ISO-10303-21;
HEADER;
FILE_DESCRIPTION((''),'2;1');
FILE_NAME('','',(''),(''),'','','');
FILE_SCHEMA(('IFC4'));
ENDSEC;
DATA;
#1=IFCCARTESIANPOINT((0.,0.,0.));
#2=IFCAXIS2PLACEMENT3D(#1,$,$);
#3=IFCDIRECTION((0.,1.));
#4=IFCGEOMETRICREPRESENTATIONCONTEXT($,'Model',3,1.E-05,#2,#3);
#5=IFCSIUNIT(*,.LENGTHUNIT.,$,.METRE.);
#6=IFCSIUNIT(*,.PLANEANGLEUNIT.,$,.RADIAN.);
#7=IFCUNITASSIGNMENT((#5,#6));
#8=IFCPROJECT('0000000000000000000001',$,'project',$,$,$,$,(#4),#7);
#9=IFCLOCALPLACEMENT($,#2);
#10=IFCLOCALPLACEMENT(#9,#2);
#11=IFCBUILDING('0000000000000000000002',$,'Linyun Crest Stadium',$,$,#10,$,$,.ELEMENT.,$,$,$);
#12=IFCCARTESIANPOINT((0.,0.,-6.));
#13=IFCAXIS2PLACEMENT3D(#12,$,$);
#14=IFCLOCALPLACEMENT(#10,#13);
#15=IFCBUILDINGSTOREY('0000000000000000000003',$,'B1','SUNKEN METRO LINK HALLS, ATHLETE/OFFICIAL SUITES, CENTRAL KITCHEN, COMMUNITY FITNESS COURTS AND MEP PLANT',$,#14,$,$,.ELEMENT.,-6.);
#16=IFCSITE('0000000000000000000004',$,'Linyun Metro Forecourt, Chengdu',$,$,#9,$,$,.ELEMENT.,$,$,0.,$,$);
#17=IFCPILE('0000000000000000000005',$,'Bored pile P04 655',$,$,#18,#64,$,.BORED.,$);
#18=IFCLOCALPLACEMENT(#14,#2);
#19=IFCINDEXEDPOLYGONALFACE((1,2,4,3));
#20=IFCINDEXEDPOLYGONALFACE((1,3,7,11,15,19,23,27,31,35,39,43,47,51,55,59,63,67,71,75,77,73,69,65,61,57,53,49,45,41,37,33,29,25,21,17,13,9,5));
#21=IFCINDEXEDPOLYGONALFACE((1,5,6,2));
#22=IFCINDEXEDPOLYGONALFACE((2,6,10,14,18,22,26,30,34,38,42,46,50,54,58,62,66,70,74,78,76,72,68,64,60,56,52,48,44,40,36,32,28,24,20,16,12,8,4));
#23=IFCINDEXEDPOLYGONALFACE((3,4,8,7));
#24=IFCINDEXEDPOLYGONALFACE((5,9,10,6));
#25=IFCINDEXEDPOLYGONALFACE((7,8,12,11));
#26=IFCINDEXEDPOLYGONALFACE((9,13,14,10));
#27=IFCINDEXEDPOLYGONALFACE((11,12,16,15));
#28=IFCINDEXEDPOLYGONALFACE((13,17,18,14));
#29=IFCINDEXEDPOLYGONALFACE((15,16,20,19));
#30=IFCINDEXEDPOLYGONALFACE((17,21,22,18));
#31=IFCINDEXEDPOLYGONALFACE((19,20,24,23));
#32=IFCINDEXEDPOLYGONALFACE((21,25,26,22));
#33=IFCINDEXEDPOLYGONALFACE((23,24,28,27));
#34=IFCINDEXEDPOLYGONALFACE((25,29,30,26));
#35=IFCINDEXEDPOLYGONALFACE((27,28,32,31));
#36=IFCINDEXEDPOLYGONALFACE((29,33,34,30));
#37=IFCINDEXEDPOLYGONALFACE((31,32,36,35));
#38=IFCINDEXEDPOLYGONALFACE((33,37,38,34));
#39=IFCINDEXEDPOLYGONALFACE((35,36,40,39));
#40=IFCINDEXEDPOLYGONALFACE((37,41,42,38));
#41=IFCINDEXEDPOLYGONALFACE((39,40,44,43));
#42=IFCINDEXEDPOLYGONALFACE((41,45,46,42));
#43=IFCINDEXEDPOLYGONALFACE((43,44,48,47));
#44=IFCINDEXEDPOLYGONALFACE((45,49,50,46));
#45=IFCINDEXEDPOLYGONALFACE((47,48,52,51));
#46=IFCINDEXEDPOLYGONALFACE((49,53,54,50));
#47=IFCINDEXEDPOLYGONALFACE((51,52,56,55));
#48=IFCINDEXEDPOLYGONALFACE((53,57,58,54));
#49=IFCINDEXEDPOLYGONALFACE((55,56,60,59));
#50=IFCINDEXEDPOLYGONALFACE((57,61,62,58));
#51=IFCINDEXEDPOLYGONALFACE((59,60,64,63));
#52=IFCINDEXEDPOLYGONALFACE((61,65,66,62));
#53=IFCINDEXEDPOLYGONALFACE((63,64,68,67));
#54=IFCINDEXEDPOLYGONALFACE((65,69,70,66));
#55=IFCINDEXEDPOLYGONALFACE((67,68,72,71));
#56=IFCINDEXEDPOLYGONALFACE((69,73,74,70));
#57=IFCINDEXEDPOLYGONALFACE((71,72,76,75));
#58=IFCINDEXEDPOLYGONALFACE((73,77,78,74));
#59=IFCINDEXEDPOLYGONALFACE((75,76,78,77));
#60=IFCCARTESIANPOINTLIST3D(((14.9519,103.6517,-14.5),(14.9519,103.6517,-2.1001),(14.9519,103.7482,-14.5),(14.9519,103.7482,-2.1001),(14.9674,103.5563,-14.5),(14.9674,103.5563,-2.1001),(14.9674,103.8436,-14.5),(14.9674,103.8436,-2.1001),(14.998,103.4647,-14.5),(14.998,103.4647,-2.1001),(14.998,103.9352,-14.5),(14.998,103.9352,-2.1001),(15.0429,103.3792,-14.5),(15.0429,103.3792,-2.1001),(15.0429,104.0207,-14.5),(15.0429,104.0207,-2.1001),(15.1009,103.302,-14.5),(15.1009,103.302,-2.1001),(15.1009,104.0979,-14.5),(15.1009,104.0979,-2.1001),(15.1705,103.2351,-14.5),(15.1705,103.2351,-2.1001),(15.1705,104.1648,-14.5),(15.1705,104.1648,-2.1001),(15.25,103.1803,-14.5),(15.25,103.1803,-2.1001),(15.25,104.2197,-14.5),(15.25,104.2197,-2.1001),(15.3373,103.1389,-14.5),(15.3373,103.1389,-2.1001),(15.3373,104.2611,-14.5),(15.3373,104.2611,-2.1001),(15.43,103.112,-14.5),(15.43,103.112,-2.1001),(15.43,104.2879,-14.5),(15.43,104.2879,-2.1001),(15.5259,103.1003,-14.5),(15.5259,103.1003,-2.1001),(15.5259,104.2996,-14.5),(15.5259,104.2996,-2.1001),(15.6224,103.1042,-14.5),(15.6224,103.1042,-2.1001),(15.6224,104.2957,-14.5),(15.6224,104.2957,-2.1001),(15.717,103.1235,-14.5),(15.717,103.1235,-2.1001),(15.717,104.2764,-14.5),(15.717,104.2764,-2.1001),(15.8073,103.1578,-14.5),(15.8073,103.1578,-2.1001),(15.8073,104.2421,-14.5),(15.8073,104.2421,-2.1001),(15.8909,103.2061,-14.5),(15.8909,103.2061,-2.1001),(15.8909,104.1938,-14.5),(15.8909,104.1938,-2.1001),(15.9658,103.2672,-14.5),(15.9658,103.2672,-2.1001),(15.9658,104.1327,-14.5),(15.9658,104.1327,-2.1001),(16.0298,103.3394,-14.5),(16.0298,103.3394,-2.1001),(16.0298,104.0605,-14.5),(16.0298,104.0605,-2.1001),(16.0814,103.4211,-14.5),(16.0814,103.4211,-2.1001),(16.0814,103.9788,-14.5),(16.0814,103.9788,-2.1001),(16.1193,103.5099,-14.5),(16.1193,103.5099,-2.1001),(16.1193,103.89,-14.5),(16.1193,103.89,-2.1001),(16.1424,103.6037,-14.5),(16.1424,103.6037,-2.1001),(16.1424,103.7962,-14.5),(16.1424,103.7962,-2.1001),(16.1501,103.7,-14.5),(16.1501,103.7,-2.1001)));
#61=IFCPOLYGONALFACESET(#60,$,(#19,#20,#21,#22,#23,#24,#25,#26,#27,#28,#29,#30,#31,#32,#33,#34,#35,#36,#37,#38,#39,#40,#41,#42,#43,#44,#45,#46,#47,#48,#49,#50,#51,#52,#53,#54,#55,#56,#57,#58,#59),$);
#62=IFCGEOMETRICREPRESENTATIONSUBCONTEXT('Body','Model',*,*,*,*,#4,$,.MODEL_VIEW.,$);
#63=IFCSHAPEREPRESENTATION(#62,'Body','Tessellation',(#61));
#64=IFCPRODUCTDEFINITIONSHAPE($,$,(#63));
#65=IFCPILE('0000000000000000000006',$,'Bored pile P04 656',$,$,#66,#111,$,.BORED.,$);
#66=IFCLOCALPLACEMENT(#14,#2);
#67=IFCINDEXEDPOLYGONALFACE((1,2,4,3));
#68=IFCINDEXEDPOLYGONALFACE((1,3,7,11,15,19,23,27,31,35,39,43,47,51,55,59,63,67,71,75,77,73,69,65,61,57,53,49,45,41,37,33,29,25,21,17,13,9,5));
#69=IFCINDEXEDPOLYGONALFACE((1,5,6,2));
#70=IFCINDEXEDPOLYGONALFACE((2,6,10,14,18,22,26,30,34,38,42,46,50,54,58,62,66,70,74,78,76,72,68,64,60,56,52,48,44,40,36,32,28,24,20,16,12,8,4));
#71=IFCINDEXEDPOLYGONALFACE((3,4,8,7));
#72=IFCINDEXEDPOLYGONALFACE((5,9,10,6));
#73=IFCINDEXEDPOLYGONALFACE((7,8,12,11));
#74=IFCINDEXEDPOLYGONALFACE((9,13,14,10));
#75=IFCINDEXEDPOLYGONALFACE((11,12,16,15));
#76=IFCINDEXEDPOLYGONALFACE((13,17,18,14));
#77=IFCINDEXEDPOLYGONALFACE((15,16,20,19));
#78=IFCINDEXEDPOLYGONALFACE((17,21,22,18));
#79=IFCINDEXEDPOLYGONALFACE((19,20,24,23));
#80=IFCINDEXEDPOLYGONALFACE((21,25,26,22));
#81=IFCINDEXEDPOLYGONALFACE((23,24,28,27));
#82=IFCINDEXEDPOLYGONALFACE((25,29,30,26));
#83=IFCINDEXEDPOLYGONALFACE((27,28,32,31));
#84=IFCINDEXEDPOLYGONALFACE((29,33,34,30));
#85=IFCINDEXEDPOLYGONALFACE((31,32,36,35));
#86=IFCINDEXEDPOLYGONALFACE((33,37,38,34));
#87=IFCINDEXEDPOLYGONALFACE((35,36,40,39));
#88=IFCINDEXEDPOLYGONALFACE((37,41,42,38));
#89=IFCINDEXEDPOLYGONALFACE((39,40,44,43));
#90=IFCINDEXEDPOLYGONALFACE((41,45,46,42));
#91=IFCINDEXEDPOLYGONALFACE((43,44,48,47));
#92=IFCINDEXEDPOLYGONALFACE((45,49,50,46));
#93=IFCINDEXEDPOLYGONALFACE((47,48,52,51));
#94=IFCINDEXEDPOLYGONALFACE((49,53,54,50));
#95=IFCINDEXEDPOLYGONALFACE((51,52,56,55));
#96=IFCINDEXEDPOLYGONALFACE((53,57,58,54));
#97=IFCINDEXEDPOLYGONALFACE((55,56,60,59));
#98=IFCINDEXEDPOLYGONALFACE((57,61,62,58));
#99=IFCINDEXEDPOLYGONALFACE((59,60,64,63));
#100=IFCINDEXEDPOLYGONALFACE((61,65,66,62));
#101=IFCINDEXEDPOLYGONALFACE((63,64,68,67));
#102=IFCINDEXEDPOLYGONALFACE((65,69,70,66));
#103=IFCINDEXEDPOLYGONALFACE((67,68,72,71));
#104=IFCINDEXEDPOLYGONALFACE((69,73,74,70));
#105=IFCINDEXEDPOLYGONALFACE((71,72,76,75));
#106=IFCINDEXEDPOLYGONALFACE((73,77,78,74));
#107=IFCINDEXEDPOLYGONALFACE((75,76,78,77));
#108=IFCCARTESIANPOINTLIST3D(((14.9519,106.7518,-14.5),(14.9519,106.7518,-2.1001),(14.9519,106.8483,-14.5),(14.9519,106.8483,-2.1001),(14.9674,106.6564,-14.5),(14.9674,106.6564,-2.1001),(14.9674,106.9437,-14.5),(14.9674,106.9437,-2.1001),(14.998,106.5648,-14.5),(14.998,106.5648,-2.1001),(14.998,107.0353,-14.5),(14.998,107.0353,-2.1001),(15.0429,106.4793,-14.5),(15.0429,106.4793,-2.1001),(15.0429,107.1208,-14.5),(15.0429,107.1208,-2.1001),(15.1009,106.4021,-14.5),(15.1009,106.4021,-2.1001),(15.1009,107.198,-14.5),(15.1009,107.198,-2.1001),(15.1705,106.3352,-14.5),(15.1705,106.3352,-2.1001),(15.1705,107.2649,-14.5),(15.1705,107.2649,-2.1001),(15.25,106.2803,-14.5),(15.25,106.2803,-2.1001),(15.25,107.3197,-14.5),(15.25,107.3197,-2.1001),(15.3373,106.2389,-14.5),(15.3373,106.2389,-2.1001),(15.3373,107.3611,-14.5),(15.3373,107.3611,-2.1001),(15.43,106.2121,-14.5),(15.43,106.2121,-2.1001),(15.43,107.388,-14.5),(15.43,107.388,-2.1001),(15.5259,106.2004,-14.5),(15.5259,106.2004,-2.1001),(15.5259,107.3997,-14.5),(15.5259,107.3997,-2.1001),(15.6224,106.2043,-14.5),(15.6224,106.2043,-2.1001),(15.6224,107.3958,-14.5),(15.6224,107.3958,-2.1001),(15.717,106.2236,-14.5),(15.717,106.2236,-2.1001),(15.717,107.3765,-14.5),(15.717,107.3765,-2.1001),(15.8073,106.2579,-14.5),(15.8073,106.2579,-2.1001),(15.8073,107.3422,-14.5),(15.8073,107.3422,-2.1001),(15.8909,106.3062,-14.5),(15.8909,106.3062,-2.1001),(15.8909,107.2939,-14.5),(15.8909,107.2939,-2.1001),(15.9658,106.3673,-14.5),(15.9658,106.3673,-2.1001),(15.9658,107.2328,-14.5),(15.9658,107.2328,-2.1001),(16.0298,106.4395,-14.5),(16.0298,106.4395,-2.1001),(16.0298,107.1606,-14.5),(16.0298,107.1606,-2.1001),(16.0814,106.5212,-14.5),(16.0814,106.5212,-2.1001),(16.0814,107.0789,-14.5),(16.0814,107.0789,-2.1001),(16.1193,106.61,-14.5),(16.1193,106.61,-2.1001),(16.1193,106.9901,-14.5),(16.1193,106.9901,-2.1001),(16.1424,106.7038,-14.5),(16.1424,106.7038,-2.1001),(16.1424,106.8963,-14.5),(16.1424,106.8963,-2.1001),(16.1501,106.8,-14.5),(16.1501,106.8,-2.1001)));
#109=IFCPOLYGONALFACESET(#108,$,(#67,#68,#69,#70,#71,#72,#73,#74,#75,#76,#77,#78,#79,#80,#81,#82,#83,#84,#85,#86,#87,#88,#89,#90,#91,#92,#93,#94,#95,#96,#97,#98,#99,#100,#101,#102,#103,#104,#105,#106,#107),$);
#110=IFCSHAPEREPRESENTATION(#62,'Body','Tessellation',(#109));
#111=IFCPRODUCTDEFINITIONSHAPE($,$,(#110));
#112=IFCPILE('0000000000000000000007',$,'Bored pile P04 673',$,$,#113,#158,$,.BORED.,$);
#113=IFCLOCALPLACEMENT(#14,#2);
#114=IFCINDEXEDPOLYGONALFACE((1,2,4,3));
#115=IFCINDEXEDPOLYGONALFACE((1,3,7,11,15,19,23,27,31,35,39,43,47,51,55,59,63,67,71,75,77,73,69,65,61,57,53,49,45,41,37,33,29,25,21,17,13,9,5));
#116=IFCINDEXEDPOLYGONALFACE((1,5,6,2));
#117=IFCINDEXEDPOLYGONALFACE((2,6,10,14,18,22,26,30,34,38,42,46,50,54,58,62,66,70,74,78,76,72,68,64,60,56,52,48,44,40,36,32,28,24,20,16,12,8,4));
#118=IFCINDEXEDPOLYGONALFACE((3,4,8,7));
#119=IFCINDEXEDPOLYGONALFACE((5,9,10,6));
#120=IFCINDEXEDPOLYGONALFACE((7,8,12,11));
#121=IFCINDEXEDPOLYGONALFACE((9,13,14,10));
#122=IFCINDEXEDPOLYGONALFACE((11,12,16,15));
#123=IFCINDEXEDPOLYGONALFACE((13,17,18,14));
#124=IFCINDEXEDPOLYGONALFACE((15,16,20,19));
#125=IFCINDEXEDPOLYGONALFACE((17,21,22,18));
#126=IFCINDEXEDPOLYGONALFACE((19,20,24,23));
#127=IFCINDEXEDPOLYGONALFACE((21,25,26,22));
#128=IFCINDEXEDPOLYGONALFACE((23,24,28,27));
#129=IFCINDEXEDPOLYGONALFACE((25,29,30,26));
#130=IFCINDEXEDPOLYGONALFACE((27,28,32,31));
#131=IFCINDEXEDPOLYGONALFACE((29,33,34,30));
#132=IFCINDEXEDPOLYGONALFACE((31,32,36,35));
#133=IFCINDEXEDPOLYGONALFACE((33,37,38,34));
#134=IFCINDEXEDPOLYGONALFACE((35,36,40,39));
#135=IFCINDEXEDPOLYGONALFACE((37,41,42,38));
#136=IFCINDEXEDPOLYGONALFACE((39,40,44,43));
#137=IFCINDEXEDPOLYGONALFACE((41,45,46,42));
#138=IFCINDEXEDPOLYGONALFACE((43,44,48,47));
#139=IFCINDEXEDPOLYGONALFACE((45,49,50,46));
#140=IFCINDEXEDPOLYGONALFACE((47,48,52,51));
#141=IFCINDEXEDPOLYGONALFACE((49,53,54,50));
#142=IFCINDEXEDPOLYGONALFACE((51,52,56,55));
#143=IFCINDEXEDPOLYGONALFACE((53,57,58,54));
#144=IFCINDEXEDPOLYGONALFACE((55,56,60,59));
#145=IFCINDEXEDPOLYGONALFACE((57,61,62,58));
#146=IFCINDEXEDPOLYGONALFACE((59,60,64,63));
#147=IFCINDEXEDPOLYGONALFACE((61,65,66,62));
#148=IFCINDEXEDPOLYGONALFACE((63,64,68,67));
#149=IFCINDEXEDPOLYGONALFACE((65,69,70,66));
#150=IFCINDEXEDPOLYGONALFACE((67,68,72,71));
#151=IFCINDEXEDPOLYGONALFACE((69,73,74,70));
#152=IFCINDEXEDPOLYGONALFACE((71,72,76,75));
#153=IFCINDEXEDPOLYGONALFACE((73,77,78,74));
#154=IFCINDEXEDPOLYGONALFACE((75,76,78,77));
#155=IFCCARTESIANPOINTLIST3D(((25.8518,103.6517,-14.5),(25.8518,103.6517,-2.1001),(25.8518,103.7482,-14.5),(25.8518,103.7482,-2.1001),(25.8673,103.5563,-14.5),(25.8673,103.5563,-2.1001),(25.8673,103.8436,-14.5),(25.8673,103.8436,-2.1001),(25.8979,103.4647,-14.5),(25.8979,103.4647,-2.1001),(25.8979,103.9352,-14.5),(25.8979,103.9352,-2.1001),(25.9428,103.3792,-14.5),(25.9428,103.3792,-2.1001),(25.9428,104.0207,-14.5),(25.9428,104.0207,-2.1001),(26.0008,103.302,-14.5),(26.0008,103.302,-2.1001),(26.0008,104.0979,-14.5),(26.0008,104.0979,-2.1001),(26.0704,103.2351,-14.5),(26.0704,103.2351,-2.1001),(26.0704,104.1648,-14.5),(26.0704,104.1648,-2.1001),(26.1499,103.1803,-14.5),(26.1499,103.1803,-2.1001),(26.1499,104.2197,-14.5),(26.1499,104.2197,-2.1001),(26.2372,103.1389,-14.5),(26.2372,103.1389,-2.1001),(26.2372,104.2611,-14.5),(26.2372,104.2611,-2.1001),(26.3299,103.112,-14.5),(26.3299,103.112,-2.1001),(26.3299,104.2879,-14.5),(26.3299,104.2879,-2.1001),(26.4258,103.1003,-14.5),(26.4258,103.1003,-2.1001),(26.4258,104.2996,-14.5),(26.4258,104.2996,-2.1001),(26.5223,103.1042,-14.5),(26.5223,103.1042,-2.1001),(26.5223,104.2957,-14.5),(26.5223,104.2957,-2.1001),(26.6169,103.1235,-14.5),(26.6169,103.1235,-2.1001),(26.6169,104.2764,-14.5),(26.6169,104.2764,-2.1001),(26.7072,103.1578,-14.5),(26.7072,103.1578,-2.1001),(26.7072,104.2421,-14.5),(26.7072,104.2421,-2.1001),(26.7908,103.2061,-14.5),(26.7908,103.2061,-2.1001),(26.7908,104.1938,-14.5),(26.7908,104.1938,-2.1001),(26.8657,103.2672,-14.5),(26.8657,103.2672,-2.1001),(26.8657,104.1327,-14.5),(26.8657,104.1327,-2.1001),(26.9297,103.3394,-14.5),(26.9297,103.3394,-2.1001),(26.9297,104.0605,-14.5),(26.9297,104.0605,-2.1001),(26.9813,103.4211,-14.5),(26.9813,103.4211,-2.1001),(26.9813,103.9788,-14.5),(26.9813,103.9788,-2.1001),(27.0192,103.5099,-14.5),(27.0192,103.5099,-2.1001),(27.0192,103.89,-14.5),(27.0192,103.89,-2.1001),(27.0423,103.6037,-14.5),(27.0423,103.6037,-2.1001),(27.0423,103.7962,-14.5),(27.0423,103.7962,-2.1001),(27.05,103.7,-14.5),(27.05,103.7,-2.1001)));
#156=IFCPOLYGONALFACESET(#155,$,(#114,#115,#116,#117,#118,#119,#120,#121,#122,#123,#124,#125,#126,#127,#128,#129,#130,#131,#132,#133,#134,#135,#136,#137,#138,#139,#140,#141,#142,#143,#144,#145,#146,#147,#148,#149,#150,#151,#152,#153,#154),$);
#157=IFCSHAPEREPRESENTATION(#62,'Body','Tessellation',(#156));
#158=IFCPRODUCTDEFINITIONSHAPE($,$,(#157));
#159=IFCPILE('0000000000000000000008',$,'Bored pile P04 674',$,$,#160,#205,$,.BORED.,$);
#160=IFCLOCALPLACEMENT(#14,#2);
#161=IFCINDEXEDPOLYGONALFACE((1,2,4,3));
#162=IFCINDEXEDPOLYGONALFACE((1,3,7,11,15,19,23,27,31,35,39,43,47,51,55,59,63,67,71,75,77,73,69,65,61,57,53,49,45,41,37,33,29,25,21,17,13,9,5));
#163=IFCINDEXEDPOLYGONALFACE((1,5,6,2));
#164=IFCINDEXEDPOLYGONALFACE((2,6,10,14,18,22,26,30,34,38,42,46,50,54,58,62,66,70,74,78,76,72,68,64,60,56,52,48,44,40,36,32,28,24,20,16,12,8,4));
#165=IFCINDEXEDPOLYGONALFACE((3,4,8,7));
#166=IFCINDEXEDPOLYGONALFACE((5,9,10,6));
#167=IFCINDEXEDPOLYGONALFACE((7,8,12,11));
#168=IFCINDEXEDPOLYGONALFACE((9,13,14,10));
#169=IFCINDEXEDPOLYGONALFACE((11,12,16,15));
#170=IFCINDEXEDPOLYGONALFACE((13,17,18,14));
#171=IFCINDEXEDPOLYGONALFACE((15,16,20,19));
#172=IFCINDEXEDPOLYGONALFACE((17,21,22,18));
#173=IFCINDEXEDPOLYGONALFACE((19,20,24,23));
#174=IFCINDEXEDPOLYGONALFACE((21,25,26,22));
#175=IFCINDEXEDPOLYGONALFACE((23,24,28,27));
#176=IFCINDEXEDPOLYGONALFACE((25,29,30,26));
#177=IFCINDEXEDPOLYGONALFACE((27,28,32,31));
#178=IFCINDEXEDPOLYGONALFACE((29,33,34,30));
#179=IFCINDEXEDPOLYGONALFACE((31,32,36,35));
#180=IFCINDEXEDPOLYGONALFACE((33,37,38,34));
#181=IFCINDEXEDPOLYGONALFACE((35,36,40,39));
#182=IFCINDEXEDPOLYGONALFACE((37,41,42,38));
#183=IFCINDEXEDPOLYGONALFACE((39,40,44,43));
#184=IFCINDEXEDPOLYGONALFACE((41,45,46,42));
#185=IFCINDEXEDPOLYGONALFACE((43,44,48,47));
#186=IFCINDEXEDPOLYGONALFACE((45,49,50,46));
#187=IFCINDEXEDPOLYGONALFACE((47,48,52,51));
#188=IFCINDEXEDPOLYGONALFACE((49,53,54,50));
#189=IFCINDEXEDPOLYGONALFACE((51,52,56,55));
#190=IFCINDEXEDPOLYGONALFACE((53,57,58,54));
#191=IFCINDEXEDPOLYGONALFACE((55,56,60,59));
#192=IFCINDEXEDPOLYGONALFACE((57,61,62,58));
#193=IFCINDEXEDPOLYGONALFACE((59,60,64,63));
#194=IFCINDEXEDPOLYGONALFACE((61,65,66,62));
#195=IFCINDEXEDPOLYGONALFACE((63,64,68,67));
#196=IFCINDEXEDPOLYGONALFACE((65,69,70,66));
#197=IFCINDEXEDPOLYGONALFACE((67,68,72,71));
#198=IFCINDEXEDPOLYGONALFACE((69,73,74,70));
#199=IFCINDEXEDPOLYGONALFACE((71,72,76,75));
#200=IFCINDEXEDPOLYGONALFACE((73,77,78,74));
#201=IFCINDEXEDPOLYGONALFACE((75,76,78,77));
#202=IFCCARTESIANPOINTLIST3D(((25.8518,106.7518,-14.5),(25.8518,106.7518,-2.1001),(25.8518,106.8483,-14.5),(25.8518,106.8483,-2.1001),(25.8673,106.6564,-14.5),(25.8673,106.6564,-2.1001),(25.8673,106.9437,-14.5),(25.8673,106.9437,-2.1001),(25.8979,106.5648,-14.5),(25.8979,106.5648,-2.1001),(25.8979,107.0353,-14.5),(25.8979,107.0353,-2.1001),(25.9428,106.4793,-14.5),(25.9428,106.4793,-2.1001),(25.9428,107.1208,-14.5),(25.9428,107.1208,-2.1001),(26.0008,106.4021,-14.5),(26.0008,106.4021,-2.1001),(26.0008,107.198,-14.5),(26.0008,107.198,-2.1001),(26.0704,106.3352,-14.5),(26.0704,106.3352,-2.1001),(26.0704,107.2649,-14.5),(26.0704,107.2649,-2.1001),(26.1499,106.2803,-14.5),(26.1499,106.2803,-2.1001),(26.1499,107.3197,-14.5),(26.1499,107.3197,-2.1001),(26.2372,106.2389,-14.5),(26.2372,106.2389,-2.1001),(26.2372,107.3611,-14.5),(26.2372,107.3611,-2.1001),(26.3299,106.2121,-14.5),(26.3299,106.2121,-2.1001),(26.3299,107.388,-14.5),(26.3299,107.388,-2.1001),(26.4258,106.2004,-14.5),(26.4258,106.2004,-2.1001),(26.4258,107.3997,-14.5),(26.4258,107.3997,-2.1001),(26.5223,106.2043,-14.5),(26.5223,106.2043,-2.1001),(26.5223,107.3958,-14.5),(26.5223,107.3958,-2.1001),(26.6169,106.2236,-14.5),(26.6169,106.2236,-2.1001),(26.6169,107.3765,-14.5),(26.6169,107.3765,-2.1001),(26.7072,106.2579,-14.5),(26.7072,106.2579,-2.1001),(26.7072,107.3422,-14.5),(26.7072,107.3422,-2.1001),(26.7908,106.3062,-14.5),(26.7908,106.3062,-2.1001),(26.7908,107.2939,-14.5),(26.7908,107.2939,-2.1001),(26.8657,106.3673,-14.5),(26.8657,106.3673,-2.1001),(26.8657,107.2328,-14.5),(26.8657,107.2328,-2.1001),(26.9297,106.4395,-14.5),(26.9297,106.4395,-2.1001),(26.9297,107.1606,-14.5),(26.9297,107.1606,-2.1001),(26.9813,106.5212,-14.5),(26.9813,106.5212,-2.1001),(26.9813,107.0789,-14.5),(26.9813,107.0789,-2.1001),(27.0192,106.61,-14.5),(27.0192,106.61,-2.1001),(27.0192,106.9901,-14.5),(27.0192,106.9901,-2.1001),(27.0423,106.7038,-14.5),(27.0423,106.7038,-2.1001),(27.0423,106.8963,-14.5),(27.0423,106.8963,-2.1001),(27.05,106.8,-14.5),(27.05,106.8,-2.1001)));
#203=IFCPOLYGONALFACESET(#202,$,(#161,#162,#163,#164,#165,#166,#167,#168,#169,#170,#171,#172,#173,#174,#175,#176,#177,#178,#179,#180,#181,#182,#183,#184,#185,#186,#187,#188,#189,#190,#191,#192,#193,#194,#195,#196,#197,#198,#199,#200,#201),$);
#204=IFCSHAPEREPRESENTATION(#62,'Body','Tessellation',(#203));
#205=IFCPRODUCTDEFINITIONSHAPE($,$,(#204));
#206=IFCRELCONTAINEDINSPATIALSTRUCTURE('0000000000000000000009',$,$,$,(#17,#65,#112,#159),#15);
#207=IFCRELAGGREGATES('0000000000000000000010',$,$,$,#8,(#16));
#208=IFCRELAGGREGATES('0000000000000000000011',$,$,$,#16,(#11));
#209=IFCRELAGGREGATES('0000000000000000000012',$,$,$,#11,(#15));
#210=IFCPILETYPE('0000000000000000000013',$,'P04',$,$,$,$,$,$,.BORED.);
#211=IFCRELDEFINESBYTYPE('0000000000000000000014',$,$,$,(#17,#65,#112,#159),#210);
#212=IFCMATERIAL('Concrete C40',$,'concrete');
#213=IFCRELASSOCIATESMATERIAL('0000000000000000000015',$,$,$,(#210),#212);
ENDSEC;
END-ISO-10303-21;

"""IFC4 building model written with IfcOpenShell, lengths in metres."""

from ifc_helpers import new_model, si_unit, direction, frame, origin, origin_2d, place, context, subcontext, project, spatial, circle, extrude, material, material_profile, profile_set, type_object, element, save


model = new_model("IFC4")

# Units and contexts
model_context = context("Model", 3, precision=1e-05, world=origin(), true_north=direction((0.0, 1.0)))
body_context = subcontext(model_context, "Body", "Model", "MODEL_VIEW")
ifc_project = project(units=[si_unit("LENGTHUNIT", "METRE"), si_unit("PLANEANGLEUNIT", "RADIAN")], contexts=[model_context])

# Site, building, storey
site_placement = place(None, origin())
site = spatial("IfcSite", under=ifc_project, at=site_placement, Name="Linyun Metro Forecourt, Chengdu", CompositionType="ELEMENT", RefElevation=0.0)
building_placement = place(site_placement, origin())
building = spatial("IfcBuilding", under=site, at=building_placement, Name="Linyun Crest Stadium", CompositionType="ELEMENT")
storey_placement = place(building_placement, frame((0.0, 0.0, -6.0)))
storey = spatial("IfcBuildingStorey", under=building, at=storey_placement, Name="B1", Description="SUNKEN METRO LINK HALLS, ATHLETE/OFFICIAL SUITES, CENTRAL KITCHEN, COMMUNITY FITNESS COURTS AND MEP PLANT", CompositionType="ELEMENT", Elevation=-6.0)

# Piles
ifc_material_1 = material(Name="Concrete C40", Category="concrete")
ifc_material_profile_1 = material_profile(ifc_material_1, circle(Radius=0.6001, at=origin_2d()), Name="BORED PILE 1200")
ifc_profile_set_1 = profile_set([ifc_material_profile_1], Name="Concrete C40")
pile_type = type_object("IfcPileType", Name="P04", PredefinedType="BORED", material=ifc_profile_set_1)
for number, where, z_axis, x_axis, name in (
    (1, (15.55, 103.7, -2.1001), (0.0, 0.0, -1.0), (1.0, 0.0, 0.0), "Bored pile P04 655"),
    (2, (15.55, 106.8, -2.1001), (0.0, 0.0, -1.0), (1.0, 0.0, 0.0), "Bored pile P04 656"),
    (3, (26.45, 103.7, -2.1001), (0.0, 0.0, -1.0), (1.0, 0.0, 0.0), "Bored pile P04 673"),
    (4, (26.45, 106.8, -2.1001), (0.0, 0.0, -1.0), (1.0, 0.0, 0.0), "Bored pile P04 674"),
):
    element("IfcPile", number, at=place(storey_placement, frame(where, z_axis=z_axis, x_axis=x_axis)), inside=storey, type_object=pile_type, Name=name, PredefinedType="BORED", context=body_context, shape_type="SweptSolid", body=[
        extrude(circle(Radius=0.6001, at=origin_2d()), origin(), (0.0, 0.0, 1.0), 12.3999),
    ])

save(model, "model.ifc")
